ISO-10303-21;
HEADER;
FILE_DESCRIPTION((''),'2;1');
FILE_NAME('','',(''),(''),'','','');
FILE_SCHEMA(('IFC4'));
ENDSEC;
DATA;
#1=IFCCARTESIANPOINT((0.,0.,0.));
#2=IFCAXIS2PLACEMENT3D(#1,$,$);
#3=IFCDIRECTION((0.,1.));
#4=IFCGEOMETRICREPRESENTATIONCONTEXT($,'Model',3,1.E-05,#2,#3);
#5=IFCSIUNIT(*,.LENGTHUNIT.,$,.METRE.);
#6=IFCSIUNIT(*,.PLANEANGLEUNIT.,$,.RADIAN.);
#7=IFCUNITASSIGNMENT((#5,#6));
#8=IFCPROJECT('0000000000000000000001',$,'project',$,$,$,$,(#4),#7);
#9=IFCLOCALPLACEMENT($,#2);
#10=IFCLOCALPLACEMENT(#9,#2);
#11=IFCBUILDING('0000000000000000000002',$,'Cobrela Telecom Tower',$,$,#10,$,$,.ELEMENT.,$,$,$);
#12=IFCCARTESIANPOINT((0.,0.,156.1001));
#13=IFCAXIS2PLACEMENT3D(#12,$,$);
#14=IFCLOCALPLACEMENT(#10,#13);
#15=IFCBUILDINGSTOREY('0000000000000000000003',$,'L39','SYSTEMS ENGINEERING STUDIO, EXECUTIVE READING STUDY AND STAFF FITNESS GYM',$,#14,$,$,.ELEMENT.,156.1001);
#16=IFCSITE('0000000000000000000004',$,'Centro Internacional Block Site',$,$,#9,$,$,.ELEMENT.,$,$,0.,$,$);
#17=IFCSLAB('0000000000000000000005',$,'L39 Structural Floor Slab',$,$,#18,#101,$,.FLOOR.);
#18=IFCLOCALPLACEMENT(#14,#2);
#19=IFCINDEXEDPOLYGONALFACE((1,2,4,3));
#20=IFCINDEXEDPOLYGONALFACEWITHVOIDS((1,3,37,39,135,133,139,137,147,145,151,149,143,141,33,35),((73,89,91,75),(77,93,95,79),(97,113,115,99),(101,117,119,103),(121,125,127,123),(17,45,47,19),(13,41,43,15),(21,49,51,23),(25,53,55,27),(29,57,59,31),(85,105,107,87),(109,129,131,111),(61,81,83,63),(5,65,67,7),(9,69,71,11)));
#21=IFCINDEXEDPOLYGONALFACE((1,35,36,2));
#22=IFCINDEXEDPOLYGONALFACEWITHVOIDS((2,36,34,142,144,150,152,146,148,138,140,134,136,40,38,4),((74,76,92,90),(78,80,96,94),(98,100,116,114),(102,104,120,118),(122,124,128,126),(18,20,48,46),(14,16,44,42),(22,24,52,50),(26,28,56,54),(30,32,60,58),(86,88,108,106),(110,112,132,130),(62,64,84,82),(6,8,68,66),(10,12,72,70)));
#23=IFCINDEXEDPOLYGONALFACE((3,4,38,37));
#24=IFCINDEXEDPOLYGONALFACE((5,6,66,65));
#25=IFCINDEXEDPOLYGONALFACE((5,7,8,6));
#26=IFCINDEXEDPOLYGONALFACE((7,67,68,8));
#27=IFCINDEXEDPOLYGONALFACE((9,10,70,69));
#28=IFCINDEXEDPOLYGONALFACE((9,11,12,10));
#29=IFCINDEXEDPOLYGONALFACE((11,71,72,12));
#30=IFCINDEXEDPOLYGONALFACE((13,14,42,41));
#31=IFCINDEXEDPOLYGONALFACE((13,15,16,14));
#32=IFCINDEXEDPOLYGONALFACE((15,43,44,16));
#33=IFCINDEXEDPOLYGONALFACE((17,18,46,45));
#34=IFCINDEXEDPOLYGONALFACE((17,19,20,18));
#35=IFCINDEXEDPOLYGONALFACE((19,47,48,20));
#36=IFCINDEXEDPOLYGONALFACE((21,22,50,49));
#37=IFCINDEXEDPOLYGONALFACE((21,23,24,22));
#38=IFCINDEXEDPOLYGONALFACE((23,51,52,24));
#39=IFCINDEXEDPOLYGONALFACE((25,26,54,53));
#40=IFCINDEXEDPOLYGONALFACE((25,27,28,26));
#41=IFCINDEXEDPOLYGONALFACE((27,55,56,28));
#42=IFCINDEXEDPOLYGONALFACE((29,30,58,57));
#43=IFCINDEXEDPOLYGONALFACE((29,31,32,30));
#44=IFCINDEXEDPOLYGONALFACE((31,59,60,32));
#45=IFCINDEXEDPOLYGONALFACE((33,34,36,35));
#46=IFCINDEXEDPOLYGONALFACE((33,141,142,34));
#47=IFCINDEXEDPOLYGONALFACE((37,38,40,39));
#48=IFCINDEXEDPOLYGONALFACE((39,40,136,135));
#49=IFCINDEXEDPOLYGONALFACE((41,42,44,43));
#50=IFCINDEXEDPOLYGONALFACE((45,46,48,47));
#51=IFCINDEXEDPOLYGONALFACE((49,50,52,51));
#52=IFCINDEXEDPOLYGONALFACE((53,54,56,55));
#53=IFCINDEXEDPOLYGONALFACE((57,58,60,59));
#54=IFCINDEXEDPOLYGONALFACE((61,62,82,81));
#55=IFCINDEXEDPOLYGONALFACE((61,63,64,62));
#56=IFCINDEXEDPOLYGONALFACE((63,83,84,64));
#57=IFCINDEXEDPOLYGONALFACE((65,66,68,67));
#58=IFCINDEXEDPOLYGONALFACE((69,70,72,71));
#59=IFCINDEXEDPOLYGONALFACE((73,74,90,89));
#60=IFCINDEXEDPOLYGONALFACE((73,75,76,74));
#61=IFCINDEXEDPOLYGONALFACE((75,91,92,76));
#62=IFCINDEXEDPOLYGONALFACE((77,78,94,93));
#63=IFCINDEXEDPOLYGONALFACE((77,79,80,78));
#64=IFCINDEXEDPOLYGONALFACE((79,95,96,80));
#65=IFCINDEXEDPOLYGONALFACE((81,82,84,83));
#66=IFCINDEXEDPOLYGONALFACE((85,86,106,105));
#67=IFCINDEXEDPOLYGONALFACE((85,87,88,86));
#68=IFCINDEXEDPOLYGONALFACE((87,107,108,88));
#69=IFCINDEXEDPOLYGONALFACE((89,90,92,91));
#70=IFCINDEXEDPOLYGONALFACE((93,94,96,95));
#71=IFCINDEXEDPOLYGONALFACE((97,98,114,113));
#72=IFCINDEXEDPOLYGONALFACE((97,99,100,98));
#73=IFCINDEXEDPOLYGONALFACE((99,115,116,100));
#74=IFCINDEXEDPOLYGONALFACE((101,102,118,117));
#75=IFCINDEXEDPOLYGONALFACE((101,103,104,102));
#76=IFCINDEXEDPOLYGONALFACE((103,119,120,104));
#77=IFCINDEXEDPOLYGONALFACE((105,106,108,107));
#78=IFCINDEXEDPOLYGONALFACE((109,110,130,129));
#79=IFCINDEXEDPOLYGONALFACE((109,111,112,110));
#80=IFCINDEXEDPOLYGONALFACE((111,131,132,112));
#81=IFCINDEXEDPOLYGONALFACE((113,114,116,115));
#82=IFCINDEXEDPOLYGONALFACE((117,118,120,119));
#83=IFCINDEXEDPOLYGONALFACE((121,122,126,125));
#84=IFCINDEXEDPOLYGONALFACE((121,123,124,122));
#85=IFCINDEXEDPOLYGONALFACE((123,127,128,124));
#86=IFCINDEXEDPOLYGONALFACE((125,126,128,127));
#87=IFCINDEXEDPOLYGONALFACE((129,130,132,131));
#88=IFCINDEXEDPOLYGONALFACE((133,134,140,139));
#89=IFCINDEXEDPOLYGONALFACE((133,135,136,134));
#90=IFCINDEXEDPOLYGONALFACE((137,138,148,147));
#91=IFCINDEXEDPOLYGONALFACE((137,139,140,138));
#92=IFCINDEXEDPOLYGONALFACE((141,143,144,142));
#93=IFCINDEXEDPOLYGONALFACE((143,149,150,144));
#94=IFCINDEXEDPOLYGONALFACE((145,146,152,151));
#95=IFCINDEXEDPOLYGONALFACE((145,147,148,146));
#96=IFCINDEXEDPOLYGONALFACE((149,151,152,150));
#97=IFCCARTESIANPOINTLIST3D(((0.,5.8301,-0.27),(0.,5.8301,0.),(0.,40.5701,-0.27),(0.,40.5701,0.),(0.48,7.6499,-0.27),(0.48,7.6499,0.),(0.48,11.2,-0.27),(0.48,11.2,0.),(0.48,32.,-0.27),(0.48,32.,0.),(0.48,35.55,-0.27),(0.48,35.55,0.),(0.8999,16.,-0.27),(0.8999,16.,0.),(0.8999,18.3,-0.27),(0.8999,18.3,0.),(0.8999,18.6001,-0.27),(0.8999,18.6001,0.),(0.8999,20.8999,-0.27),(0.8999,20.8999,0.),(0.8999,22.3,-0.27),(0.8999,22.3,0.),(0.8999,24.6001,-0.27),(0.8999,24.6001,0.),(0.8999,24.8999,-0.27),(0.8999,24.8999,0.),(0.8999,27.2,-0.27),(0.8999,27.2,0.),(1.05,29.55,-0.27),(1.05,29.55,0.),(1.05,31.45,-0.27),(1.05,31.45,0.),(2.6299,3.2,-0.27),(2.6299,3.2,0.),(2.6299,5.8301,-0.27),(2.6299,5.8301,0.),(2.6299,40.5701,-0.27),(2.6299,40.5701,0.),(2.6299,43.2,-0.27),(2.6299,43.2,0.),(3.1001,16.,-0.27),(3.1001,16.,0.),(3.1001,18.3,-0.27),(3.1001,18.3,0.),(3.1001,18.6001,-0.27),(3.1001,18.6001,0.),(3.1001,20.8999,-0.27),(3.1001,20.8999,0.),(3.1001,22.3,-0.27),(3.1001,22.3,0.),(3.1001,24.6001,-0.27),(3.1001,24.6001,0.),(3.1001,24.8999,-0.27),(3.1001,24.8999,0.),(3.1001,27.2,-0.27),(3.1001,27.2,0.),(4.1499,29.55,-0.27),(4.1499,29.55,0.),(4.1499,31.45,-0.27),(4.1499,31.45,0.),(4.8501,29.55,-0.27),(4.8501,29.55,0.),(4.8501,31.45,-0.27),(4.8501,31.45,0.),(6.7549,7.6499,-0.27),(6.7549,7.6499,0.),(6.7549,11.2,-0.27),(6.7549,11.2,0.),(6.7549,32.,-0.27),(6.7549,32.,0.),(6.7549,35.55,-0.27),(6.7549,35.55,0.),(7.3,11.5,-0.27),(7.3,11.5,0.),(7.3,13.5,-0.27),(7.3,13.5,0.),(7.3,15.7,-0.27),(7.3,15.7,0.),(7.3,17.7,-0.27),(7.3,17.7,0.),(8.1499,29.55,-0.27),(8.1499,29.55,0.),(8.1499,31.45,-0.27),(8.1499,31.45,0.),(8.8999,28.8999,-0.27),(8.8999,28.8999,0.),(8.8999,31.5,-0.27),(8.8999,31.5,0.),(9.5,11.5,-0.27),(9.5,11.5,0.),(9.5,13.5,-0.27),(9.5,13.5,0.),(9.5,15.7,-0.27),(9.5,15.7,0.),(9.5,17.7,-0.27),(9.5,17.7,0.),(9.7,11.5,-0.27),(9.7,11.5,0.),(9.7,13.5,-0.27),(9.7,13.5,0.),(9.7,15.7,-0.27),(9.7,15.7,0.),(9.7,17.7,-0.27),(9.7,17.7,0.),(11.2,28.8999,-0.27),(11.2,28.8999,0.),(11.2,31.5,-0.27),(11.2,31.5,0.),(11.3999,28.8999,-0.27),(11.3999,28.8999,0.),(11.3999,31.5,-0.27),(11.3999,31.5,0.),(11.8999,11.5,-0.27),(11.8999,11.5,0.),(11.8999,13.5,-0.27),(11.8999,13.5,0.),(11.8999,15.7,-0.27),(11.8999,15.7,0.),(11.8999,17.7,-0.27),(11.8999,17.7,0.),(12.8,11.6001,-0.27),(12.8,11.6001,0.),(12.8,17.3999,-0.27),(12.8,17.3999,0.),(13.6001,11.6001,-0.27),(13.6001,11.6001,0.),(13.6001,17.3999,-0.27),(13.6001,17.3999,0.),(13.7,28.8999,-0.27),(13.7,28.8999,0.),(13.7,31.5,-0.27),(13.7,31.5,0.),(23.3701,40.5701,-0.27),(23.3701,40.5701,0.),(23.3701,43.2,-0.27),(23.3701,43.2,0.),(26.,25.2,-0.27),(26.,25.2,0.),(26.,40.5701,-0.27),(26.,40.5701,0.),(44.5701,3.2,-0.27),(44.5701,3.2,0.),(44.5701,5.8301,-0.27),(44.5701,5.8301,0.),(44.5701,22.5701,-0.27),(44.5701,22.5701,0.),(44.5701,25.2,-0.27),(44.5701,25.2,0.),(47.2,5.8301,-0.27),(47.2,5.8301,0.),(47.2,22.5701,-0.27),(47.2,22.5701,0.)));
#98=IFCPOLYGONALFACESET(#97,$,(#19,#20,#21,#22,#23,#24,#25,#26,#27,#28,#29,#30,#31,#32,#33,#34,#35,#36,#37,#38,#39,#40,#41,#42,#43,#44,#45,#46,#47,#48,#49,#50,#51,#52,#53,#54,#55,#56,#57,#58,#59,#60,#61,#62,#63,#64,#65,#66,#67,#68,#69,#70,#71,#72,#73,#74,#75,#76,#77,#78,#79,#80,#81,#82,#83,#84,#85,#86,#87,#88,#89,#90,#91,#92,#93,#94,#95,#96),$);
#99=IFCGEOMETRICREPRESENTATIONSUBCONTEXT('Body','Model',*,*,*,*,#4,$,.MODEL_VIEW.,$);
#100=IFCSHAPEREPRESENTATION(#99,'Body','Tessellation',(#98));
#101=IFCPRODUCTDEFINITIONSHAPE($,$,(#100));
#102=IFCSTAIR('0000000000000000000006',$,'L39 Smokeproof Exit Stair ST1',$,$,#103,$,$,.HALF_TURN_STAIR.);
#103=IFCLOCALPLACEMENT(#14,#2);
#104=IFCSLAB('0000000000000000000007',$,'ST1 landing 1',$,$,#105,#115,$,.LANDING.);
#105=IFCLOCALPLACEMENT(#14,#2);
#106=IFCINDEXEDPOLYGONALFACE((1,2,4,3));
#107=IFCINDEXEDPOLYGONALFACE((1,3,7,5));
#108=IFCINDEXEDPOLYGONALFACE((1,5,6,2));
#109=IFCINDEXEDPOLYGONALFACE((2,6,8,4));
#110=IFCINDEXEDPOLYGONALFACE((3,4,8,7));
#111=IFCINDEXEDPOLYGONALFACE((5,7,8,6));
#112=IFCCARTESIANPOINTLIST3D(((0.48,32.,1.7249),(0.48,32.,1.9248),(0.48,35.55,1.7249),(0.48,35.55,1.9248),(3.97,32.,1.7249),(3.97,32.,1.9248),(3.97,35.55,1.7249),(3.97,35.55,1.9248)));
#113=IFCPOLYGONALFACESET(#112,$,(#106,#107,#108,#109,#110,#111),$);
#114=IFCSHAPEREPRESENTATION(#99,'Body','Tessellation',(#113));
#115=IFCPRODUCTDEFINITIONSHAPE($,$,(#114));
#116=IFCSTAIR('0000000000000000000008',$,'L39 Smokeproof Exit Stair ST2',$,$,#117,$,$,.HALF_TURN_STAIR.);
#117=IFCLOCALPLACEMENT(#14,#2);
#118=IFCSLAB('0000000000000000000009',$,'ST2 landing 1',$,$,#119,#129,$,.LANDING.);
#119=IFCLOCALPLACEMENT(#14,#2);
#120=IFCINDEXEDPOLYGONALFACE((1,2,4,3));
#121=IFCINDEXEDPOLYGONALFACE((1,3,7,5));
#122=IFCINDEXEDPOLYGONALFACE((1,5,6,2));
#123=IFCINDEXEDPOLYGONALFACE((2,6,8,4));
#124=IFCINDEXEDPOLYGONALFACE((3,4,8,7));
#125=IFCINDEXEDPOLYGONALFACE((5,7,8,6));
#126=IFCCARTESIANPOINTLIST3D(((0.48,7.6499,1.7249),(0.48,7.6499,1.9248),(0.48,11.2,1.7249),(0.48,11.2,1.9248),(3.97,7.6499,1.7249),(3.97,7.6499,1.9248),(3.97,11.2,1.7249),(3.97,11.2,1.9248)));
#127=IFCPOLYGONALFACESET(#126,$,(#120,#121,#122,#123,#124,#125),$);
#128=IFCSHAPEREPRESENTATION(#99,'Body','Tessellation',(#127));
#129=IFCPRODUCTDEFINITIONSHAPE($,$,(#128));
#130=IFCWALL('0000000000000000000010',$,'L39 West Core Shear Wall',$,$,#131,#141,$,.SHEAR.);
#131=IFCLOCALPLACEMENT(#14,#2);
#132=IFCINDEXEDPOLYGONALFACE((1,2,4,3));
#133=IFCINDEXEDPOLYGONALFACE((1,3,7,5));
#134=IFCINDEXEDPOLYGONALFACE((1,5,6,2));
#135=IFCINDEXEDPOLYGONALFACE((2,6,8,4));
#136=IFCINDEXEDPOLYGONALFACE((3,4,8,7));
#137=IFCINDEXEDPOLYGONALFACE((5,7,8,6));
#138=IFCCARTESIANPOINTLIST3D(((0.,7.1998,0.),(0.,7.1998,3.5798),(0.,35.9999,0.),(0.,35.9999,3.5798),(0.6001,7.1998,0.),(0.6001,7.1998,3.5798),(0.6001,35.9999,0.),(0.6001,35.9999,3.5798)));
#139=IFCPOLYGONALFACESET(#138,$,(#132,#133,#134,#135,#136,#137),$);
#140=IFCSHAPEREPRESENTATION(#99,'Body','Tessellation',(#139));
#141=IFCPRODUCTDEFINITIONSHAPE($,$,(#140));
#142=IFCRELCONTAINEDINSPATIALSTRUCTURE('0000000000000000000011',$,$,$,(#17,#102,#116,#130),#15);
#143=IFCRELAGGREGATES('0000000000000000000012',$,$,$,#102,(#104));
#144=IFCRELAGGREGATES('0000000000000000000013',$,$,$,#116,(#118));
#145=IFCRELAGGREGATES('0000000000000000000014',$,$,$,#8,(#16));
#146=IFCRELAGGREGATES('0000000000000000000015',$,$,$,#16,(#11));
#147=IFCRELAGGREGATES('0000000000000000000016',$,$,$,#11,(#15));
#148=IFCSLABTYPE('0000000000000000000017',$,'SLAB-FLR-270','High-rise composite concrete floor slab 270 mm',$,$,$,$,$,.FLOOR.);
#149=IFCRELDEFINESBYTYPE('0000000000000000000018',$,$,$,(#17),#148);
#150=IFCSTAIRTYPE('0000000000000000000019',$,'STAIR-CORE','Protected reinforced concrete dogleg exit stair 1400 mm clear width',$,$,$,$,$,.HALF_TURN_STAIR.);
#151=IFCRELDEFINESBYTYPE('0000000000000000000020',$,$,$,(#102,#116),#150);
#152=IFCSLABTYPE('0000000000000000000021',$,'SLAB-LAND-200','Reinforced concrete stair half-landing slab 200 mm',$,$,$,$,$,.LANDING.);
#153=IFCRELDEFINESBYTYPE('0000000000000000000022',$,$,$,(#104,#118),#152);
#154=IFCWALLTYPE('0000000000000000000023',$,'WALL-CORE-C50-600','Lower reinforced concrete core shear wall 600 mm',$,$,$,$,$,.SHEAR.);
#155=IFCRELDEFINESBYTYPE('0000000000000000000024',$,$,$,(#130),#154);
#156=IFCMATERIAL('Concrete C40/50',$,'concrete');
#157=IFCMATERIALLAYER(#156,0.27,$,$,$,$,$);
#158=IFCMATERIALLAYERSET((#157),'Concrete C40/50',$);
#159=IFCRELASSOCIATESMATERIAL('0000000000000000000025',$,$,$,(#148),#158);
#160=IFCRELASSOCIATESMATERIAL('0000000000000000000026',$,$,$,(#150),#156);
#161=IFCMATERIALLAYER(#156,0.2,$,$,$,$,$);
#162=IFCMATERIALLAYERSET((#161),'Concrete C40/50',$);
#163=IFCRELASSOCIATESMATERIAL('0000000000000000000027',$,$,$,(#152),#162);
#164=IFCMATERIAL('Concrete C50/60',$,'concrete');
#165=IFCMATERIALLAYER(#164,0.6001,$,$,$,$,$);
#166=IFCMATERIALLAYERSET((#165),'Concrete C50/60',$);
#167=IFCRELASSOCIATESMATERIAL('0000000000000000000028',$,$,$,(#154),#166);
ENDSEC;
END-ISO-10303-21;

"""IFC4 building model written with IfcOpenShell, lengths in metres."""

from ifc_helpers import new_model, si_unit, direction, frame, frame_2d, origin, place, context, subcontext, project, spatial, polyline, rectangle, outline, extrude, material, layer, layer_set, type_object, element, aggregate, save


model = new_model("IFC4")

# Units and contexts
model_context = context("Model", 3, precision=1e-05, world=origin(), true_north=direction((0.0, 1.0)))
body_context = subcontext(model_context, "Body", "Model", "MODEL_VIEW")
ifc_project = project(units=[si_unit("LENGTHUNIT", "METRE"), si_unit("PLANEANGLEUNIT", "RADIAN")], contexts=[model_context])

# Site, building, storey
site_placement = place(None, origin())
site = spatial("IfcSite", under=ifc_project, at=site_placement, Name="Centro Internacional Block Site", CompositionType="ELEMENT", RefElevation=0.0)
building_placement = place(site_placement, origin())
building = spatial("IfcBuilding", under=site, at=building_placement, Name="Cobrela Telecom Tower", CompositionType="ELEMENT")
storey_placement = place(building_placement, frame((0.0, 0.0, 156.1001)))
storey = spatial("IfcBuildingStorey", under=building, at=storey_placement, Name="L39", Description="SYSTEMS ENGINEERING STUDIO, EXECUTIVE READING STUDY AND STAFF FITNESS GYM", CompositionType="ELEMENT", Elevation=156.1001)

# Slab, openings
ifc_material_1 = material(Name="Concrete C40/50", Category="concrete")
ifc_layer_1 = layer(ifc_material_1, 0.27)
ifc_layer_set_1 = layer_set([ifc_layer_1], Name="Concrete C40/50")
slab_type_1 = type_object("IfcSlabType", Name="SLAB-FLR-270", Description="High-rise composite concrete floor slab 270 mm", PredefinedType="FLOOR", material=ifc_layer_set_1)
slab_1_placement = place(storey_placement, frame((0.0, 0.0, -0.27)))
slab_1 = element("IfcSlab", 1, at=slab_1_placement, inside=storey, type_object=slab_type_1, Name="L39 Structural Floor Slab", PredefinedType="FLOOR", context=body_context, shape_type="SweptSolid", body=[
    extrude(outline(polyline([(2.6299, 3.2), (44.5701, 3.2), (44.5701, 5.8301), (47.2, 5.8301), (47.2, 22.5701), (44.5701, 22.5701), (44.5701, 25.2), (26.0, 25.2), (26.0, 40.5701), (23.3701, 40.5701), (23.3701, 43.2), (2.6299, 43.2), (2.6299, 40.5701), (0.0, 40.5701), (0.0, 5.8301), (2.6299, 5.8301), (2.6299, 3.2)])), origin(), (0.0, 0.0, 1.0), 0.27),
])
opening_1_placement = place(slab_1_placement, frame((0.0, 0.0, -0.02)))
element("IfcOpeningElement", 2, at=opening_1_placement, cuts=slab_1, PredefinedType="OPENING", context=body_context, shape_type="SweptSolid", body=[
    extrude(outline(polyline([(8.8999, 28.8999), (11.2, 28.8999), (11.2, 31.5), (8.8999, 31.5), (8.8999, 28.8999)])), origin(), (0.0, 0.0, 1.0), 0.3101),
])
opening_2_placement = place(slab_1_placement, frame((0.0, 0.0, -0.02)))
element("IfcOpeningElement", 3, at=opening_2_placement, cuts=slab_1, PredefinedType="OPENING", context=body_context, shape_type="SweptSolid", body=[
    extrude(outline(polyline([(11.3999, 28.8999), (13.7, 28.8999), (13.7, 31.5), (11.3999, 31.5), (11.3999, 28.8999)])), origin(), (0.0, 0.0, 1.0), 0.3101),
])
opening_3_placement = place(slab_1_placement, frame((0.0, 0.0, -0.02)))
element("IfcOpeningElement", 4, at=opening_3_placement, cuts=slab_1, PredefinedType="OPENING", context=body_context, shape_type="SweptSolid", body=[
    extrude(outline(polyline([(7.3, 15.7), (9.5, 15.7), (9.5, 17.7), (7.3, 17.7), (7.3, 15.7)])), origin(), (0.0, 0.0, 1.0), 0.3101),
])
opening_4_placement = place(slab_1_placement, frame((0.0, 0.0, -0.02)))
element("IfcOpeningElement", 5, at=opening_4_placement, cuts=slab_1, PredefinedType="OPENING", context=body_context, shape_type="SweptSolid", body=[
    extrude(outline(polyline([(9.7, 15.7), (11.8999, 15.7), (11.8999, 17.7), (9.7, 17.7), (9.7, 15.7)])), origin(), (0.0, 0.0, 1.0), 0.3101),
])
opening_5_placement = place(slab_1_placement, frame((0.0, 0.0, -0.02)))
element("IfcOpeningElement", 6, at=opening_5_placement, cuts=slab_1, PredefinedType="OPENING", context=body_context, shape_type="SweptSolid", body=[
    extrude(outline(polyline([(7.3, 11.5), (9.5, 11.5), (9.5, 13.5), (7.3, 13.5), (7.3, 11.5)])), origin(), (0.0, 0.0, 1.0), 0.3101),
])
opening_6_placement = place(slab_1_placement, frame((0.0, 0.0, -0.02)))
element("IfcOpeningElement", 7, at=opening_6_placement, cuts=slab_1, PredefinedType="OPENING", context=body_context, shape_type="SweptSolid", body=[
    extrude(outline(polyline([(9.7, 11.5), (11.8999, 11.5), (11.8999, 13.5), (9.7, 13.5), (9.7, 11.5)])), origin(), (0.0, 0.0, 1.0), 0.3101),
])
opening_7_placement = place(slab_1_placement, frame((0.0, 0.0, -0.02)))
element("IfcOpeningElement", 8, at=opening_7_placement, cuts=slab_1, PredefinedType="OPENING", context=body_context, shape_type="SweptSolid", body=[
    extrude(outline(polyline([(0.8999, 16.0), (3.1001, 16.0), (3.1001, 18.3), (0.8999, 18.3), (0.8999, 16.0)])), origin(), (0.0, 0.0, 1.0), 0.3101),
])
opening_8_placement = place(slab_1_placement, frame((0.0, 0.0, -0.02)))
element("IfcOpeningElement", 9, at=opening_8_placement, cuts=slab_1, PredefinedType="OPENING", context=body_context, shape_type="SweptSolid", body=[
    extrude(outline(polyline([(0.8999, 18.6001), (3.1001, 18.6001), (3.1001, 20.8999), (0.8999, 20.8999), (0.8999, 18.6001)])), origin(), (0.0, 0.0, 1.0), 0.3101),
])
opening_9_placement = place(slab_1_placement, frame((0.0, 0.0, -0.02)))
element("IfcOpeningElement", 10, at=opening_9_placement, cuts=slab_1, PredefinedType="OPENING", context=body_context, shape_type="SweptSolid", body=[
    extrude(outline(polyline([(0.8999, 22.3), (3.1001, 22.3), (3.1001, 24.6001), (0.8999, 24.6001), (0.8999, 22.3)])), origin(), (0.0, 0.0, 1.0), 0.3101),
])
opening_10_placement = place(slab_1_placement, frame((0.0, 0.0, -0.02)))
element("IfcOpeningElement", 11, at=opening_10_placement, cuts=slab_1, PredefinedType="OPENING", context=body_context, shape_type="SweptSolid", body=[
    extrude(outline(polyline([(0.8999, 24.8999), (3.1001, 24.8999), (3.1001, 27.2), (0.8999, 27.2), (0.8999, 24.8999)])), origin(), (0.0, 0.0, 1.0), 0.3101),
])
opening_11_placement = place(slab_1_placement, frame((0.0, 0.0, -0.02)))
element("IfcOpeningElement", 12, at=opening_11_placement, cuts=slab_1, PredefinedType="OPENING", context=body_context, shape_type="SweptSolid", body=[
    extrude(outline(polyline([(1.05, 29.55), (4.1499, 29.55), (4.1499, 31.45), (1.05, 31.45), (1.05, 29.55)])), origin(), (0.0, 0.0, 1.0), 0.3101),
])
opening_12_placement = place(slab_1_placement, frame((0.0, 0.0, -0.02)))
element("IfcOpeningElement", 13, at=opening_12_placement, cuts=slab_1, PredefinedType="OPENING", context=body_context, shape_type="SweptSolid", body=[
    extrude(outline(polyline([(4.8501, 29.55), (8.1499, 29.55), (8.1499, 31.45), (4.8501, 31.45), (4.8501, 29.55)])), origin(), (0.0, 0.0, 1.0), 0.3101),
])
opening_13_placement = place(slab_1_placement, frame((0.0, 0.0, -0.02)))
element("IfcOpeningElement", 14, at=opening_13_placement, cuts=slab_1, PredefinedType="OPENING", context=body_context, shape_type="SweptSolid", body=[
    extrude(outline(polyline([(12.8, 11.6001), (13.6001, 11.6001), (13.6001, 17.3999), (12.8, 17.3999), (12.8, 11.6001)])), origin(), (0.0, 0.0, 1.0), 0.3101),
])
opening_14_placement = place(slab_1_placement, frame((0.0, 0.0, -0.02)))
element("IfcOpeningElement", 15, at=opening_14_placement, cuts=slab_1, PredefinedType="OPENING", context=body_context, shape_type="SweptSolid", body=[
    extrude(outline(polyline([(6.7549, 35.55), (0.48, 35.55), (0.48, 32.0), (6.7549, 32.0), (6.7549, 35.55)])), origin(), (0.0, 0.0, 1.0), 0.3101),
])
opening_15_placement = place(slab_1_placement, frame((0.0, 0.0, -0.02)))
element("IfcOpeningElement", 16, at=opening_15_placement, cuts=slab_1, PredefinedType="OPENING", context=body_context, shape_type="SweptSolid", body=[
    extrude(outline(polyline([(6.7549, 11.2), (0.48, 11.2), (0.48, 7.6499), (6.7549, 7.6499), (6.7549, 11.2)])), origin(), (0.0, 0.0, 1.0), 0.3101),
])

# Stairs, slabs
stair_type = type_object("IfcStairType", Name="STAIR-CORE", Description="Protected reinforced concrete dogleg exit stair 1400 mm clear width", PredefinedType="HALF_TURN_STAIR", material=ifc_material_1)
stair_1_placement = place(storey_placement, origin())
stair_1 = element("IfcStair", 17, at=stair_1_placement, inside=storey, type_object=stair_type, Name="L39 Smokeproof Exit Stair ST1", PredefinedType="HALF_TURN_STAIR")
ifc_layer_2 = layer(ifc_material_1, 0.2)
ifc_layer_set_2 = layer_set([ifc_layer_2], Name="Concrete C40/50")
slab_type_2 = type_object("IfcSlabType", Name="SLAB-LAND-200", Description="Reinforced concrete stair half-landing slab 200 mm", PredefinedType="LANDING", material=ifc_layer_set_2)
slab_2_placement = place(storey_placement, frame((0.0, 0.0, 1.7249)))
slab_2 = element("IfcSlab", 18, at=slab_2_placement, type_object=slab_type_2, Name="ST1 landing 1", PredefinedType="LANDING", context=body_context, shape_type="SweptSolid", body=[
    extrude(outline(polyline([(3.97, 35.55), (0.48, 35.55), (0.48, 32.0), (3.97, 32.0), (3.97, 35.55)])), origin(), (0.0, 0.0, 1.0), 0.2),
])
aggregate(stair_1, [slab_2])
stair_2_placement = place(storey_placement, origin())
stair_2 = element("IfcStair", 19, at=stair_2_placement, inside=storey, type_object=stair_type, Name="L39 Smokeproof Exit Stair ST2", PredefinedType="HALF_TURN_STAIR")
slab_3_placement = place(storey_placement, frame((0.0, 0.0, 1.7249)))
slab_3 = element("IfcSlab", 20, at=slab_3_placement, type_object=slab_type_2, Name="ST2 landing 1", PredefinedType="LANDING", context=body_context, shape_type="SweptSolid", body=[
    extrude(outline(polyline([(3.97, 11.2), (0.48, 11.2), (0.48, 7.6499), (3.97, 7.6499), (3.97, 11.2)])), origin(), (0.0, 0.0, 1.0), 0.2),
])

# Wall
ifc_material_2 = material(Name="Concrete C50/60", Category="concrete")
ifc_layer_3 = layer(ifc_material_2, 0.6001)
ifc_layer_set_3 = layer_set([ifc_layer_3], Name="Concrete C50/60")
wall_type_1 = type_object("IfcWallType", Name="WALL-CORE-C50-600", Description="Lower reinforced concrete core shear wall 600 mm", PredefinedType="SHEAR", material=ifc_layer_set_3)
wall_1_placement = place(storey_placement, frame((0.3, 7.2, 0.0), z_axis=(0.0, 0.0, 1.0), x_axis=(0.0, 1.0, 0.0)))
element("IfcWall", 21, at=wall_1_placement, inside=storey, type_object=wall_type_1, Name="L39 West Core Shear Wall", PredefinedType="SHEAR", context=body_context, shape_type="SweptSolid", body=[
    extrude(rectangle(XDim=28.8, YDim=0.6001, at=frame_2d((14.3999, 0.0))), origin(), (0.0, 0.0, 1.0), 3.5798),
])

aggregate(stair_2, [slab_3])

save(model, "model.ifc")
